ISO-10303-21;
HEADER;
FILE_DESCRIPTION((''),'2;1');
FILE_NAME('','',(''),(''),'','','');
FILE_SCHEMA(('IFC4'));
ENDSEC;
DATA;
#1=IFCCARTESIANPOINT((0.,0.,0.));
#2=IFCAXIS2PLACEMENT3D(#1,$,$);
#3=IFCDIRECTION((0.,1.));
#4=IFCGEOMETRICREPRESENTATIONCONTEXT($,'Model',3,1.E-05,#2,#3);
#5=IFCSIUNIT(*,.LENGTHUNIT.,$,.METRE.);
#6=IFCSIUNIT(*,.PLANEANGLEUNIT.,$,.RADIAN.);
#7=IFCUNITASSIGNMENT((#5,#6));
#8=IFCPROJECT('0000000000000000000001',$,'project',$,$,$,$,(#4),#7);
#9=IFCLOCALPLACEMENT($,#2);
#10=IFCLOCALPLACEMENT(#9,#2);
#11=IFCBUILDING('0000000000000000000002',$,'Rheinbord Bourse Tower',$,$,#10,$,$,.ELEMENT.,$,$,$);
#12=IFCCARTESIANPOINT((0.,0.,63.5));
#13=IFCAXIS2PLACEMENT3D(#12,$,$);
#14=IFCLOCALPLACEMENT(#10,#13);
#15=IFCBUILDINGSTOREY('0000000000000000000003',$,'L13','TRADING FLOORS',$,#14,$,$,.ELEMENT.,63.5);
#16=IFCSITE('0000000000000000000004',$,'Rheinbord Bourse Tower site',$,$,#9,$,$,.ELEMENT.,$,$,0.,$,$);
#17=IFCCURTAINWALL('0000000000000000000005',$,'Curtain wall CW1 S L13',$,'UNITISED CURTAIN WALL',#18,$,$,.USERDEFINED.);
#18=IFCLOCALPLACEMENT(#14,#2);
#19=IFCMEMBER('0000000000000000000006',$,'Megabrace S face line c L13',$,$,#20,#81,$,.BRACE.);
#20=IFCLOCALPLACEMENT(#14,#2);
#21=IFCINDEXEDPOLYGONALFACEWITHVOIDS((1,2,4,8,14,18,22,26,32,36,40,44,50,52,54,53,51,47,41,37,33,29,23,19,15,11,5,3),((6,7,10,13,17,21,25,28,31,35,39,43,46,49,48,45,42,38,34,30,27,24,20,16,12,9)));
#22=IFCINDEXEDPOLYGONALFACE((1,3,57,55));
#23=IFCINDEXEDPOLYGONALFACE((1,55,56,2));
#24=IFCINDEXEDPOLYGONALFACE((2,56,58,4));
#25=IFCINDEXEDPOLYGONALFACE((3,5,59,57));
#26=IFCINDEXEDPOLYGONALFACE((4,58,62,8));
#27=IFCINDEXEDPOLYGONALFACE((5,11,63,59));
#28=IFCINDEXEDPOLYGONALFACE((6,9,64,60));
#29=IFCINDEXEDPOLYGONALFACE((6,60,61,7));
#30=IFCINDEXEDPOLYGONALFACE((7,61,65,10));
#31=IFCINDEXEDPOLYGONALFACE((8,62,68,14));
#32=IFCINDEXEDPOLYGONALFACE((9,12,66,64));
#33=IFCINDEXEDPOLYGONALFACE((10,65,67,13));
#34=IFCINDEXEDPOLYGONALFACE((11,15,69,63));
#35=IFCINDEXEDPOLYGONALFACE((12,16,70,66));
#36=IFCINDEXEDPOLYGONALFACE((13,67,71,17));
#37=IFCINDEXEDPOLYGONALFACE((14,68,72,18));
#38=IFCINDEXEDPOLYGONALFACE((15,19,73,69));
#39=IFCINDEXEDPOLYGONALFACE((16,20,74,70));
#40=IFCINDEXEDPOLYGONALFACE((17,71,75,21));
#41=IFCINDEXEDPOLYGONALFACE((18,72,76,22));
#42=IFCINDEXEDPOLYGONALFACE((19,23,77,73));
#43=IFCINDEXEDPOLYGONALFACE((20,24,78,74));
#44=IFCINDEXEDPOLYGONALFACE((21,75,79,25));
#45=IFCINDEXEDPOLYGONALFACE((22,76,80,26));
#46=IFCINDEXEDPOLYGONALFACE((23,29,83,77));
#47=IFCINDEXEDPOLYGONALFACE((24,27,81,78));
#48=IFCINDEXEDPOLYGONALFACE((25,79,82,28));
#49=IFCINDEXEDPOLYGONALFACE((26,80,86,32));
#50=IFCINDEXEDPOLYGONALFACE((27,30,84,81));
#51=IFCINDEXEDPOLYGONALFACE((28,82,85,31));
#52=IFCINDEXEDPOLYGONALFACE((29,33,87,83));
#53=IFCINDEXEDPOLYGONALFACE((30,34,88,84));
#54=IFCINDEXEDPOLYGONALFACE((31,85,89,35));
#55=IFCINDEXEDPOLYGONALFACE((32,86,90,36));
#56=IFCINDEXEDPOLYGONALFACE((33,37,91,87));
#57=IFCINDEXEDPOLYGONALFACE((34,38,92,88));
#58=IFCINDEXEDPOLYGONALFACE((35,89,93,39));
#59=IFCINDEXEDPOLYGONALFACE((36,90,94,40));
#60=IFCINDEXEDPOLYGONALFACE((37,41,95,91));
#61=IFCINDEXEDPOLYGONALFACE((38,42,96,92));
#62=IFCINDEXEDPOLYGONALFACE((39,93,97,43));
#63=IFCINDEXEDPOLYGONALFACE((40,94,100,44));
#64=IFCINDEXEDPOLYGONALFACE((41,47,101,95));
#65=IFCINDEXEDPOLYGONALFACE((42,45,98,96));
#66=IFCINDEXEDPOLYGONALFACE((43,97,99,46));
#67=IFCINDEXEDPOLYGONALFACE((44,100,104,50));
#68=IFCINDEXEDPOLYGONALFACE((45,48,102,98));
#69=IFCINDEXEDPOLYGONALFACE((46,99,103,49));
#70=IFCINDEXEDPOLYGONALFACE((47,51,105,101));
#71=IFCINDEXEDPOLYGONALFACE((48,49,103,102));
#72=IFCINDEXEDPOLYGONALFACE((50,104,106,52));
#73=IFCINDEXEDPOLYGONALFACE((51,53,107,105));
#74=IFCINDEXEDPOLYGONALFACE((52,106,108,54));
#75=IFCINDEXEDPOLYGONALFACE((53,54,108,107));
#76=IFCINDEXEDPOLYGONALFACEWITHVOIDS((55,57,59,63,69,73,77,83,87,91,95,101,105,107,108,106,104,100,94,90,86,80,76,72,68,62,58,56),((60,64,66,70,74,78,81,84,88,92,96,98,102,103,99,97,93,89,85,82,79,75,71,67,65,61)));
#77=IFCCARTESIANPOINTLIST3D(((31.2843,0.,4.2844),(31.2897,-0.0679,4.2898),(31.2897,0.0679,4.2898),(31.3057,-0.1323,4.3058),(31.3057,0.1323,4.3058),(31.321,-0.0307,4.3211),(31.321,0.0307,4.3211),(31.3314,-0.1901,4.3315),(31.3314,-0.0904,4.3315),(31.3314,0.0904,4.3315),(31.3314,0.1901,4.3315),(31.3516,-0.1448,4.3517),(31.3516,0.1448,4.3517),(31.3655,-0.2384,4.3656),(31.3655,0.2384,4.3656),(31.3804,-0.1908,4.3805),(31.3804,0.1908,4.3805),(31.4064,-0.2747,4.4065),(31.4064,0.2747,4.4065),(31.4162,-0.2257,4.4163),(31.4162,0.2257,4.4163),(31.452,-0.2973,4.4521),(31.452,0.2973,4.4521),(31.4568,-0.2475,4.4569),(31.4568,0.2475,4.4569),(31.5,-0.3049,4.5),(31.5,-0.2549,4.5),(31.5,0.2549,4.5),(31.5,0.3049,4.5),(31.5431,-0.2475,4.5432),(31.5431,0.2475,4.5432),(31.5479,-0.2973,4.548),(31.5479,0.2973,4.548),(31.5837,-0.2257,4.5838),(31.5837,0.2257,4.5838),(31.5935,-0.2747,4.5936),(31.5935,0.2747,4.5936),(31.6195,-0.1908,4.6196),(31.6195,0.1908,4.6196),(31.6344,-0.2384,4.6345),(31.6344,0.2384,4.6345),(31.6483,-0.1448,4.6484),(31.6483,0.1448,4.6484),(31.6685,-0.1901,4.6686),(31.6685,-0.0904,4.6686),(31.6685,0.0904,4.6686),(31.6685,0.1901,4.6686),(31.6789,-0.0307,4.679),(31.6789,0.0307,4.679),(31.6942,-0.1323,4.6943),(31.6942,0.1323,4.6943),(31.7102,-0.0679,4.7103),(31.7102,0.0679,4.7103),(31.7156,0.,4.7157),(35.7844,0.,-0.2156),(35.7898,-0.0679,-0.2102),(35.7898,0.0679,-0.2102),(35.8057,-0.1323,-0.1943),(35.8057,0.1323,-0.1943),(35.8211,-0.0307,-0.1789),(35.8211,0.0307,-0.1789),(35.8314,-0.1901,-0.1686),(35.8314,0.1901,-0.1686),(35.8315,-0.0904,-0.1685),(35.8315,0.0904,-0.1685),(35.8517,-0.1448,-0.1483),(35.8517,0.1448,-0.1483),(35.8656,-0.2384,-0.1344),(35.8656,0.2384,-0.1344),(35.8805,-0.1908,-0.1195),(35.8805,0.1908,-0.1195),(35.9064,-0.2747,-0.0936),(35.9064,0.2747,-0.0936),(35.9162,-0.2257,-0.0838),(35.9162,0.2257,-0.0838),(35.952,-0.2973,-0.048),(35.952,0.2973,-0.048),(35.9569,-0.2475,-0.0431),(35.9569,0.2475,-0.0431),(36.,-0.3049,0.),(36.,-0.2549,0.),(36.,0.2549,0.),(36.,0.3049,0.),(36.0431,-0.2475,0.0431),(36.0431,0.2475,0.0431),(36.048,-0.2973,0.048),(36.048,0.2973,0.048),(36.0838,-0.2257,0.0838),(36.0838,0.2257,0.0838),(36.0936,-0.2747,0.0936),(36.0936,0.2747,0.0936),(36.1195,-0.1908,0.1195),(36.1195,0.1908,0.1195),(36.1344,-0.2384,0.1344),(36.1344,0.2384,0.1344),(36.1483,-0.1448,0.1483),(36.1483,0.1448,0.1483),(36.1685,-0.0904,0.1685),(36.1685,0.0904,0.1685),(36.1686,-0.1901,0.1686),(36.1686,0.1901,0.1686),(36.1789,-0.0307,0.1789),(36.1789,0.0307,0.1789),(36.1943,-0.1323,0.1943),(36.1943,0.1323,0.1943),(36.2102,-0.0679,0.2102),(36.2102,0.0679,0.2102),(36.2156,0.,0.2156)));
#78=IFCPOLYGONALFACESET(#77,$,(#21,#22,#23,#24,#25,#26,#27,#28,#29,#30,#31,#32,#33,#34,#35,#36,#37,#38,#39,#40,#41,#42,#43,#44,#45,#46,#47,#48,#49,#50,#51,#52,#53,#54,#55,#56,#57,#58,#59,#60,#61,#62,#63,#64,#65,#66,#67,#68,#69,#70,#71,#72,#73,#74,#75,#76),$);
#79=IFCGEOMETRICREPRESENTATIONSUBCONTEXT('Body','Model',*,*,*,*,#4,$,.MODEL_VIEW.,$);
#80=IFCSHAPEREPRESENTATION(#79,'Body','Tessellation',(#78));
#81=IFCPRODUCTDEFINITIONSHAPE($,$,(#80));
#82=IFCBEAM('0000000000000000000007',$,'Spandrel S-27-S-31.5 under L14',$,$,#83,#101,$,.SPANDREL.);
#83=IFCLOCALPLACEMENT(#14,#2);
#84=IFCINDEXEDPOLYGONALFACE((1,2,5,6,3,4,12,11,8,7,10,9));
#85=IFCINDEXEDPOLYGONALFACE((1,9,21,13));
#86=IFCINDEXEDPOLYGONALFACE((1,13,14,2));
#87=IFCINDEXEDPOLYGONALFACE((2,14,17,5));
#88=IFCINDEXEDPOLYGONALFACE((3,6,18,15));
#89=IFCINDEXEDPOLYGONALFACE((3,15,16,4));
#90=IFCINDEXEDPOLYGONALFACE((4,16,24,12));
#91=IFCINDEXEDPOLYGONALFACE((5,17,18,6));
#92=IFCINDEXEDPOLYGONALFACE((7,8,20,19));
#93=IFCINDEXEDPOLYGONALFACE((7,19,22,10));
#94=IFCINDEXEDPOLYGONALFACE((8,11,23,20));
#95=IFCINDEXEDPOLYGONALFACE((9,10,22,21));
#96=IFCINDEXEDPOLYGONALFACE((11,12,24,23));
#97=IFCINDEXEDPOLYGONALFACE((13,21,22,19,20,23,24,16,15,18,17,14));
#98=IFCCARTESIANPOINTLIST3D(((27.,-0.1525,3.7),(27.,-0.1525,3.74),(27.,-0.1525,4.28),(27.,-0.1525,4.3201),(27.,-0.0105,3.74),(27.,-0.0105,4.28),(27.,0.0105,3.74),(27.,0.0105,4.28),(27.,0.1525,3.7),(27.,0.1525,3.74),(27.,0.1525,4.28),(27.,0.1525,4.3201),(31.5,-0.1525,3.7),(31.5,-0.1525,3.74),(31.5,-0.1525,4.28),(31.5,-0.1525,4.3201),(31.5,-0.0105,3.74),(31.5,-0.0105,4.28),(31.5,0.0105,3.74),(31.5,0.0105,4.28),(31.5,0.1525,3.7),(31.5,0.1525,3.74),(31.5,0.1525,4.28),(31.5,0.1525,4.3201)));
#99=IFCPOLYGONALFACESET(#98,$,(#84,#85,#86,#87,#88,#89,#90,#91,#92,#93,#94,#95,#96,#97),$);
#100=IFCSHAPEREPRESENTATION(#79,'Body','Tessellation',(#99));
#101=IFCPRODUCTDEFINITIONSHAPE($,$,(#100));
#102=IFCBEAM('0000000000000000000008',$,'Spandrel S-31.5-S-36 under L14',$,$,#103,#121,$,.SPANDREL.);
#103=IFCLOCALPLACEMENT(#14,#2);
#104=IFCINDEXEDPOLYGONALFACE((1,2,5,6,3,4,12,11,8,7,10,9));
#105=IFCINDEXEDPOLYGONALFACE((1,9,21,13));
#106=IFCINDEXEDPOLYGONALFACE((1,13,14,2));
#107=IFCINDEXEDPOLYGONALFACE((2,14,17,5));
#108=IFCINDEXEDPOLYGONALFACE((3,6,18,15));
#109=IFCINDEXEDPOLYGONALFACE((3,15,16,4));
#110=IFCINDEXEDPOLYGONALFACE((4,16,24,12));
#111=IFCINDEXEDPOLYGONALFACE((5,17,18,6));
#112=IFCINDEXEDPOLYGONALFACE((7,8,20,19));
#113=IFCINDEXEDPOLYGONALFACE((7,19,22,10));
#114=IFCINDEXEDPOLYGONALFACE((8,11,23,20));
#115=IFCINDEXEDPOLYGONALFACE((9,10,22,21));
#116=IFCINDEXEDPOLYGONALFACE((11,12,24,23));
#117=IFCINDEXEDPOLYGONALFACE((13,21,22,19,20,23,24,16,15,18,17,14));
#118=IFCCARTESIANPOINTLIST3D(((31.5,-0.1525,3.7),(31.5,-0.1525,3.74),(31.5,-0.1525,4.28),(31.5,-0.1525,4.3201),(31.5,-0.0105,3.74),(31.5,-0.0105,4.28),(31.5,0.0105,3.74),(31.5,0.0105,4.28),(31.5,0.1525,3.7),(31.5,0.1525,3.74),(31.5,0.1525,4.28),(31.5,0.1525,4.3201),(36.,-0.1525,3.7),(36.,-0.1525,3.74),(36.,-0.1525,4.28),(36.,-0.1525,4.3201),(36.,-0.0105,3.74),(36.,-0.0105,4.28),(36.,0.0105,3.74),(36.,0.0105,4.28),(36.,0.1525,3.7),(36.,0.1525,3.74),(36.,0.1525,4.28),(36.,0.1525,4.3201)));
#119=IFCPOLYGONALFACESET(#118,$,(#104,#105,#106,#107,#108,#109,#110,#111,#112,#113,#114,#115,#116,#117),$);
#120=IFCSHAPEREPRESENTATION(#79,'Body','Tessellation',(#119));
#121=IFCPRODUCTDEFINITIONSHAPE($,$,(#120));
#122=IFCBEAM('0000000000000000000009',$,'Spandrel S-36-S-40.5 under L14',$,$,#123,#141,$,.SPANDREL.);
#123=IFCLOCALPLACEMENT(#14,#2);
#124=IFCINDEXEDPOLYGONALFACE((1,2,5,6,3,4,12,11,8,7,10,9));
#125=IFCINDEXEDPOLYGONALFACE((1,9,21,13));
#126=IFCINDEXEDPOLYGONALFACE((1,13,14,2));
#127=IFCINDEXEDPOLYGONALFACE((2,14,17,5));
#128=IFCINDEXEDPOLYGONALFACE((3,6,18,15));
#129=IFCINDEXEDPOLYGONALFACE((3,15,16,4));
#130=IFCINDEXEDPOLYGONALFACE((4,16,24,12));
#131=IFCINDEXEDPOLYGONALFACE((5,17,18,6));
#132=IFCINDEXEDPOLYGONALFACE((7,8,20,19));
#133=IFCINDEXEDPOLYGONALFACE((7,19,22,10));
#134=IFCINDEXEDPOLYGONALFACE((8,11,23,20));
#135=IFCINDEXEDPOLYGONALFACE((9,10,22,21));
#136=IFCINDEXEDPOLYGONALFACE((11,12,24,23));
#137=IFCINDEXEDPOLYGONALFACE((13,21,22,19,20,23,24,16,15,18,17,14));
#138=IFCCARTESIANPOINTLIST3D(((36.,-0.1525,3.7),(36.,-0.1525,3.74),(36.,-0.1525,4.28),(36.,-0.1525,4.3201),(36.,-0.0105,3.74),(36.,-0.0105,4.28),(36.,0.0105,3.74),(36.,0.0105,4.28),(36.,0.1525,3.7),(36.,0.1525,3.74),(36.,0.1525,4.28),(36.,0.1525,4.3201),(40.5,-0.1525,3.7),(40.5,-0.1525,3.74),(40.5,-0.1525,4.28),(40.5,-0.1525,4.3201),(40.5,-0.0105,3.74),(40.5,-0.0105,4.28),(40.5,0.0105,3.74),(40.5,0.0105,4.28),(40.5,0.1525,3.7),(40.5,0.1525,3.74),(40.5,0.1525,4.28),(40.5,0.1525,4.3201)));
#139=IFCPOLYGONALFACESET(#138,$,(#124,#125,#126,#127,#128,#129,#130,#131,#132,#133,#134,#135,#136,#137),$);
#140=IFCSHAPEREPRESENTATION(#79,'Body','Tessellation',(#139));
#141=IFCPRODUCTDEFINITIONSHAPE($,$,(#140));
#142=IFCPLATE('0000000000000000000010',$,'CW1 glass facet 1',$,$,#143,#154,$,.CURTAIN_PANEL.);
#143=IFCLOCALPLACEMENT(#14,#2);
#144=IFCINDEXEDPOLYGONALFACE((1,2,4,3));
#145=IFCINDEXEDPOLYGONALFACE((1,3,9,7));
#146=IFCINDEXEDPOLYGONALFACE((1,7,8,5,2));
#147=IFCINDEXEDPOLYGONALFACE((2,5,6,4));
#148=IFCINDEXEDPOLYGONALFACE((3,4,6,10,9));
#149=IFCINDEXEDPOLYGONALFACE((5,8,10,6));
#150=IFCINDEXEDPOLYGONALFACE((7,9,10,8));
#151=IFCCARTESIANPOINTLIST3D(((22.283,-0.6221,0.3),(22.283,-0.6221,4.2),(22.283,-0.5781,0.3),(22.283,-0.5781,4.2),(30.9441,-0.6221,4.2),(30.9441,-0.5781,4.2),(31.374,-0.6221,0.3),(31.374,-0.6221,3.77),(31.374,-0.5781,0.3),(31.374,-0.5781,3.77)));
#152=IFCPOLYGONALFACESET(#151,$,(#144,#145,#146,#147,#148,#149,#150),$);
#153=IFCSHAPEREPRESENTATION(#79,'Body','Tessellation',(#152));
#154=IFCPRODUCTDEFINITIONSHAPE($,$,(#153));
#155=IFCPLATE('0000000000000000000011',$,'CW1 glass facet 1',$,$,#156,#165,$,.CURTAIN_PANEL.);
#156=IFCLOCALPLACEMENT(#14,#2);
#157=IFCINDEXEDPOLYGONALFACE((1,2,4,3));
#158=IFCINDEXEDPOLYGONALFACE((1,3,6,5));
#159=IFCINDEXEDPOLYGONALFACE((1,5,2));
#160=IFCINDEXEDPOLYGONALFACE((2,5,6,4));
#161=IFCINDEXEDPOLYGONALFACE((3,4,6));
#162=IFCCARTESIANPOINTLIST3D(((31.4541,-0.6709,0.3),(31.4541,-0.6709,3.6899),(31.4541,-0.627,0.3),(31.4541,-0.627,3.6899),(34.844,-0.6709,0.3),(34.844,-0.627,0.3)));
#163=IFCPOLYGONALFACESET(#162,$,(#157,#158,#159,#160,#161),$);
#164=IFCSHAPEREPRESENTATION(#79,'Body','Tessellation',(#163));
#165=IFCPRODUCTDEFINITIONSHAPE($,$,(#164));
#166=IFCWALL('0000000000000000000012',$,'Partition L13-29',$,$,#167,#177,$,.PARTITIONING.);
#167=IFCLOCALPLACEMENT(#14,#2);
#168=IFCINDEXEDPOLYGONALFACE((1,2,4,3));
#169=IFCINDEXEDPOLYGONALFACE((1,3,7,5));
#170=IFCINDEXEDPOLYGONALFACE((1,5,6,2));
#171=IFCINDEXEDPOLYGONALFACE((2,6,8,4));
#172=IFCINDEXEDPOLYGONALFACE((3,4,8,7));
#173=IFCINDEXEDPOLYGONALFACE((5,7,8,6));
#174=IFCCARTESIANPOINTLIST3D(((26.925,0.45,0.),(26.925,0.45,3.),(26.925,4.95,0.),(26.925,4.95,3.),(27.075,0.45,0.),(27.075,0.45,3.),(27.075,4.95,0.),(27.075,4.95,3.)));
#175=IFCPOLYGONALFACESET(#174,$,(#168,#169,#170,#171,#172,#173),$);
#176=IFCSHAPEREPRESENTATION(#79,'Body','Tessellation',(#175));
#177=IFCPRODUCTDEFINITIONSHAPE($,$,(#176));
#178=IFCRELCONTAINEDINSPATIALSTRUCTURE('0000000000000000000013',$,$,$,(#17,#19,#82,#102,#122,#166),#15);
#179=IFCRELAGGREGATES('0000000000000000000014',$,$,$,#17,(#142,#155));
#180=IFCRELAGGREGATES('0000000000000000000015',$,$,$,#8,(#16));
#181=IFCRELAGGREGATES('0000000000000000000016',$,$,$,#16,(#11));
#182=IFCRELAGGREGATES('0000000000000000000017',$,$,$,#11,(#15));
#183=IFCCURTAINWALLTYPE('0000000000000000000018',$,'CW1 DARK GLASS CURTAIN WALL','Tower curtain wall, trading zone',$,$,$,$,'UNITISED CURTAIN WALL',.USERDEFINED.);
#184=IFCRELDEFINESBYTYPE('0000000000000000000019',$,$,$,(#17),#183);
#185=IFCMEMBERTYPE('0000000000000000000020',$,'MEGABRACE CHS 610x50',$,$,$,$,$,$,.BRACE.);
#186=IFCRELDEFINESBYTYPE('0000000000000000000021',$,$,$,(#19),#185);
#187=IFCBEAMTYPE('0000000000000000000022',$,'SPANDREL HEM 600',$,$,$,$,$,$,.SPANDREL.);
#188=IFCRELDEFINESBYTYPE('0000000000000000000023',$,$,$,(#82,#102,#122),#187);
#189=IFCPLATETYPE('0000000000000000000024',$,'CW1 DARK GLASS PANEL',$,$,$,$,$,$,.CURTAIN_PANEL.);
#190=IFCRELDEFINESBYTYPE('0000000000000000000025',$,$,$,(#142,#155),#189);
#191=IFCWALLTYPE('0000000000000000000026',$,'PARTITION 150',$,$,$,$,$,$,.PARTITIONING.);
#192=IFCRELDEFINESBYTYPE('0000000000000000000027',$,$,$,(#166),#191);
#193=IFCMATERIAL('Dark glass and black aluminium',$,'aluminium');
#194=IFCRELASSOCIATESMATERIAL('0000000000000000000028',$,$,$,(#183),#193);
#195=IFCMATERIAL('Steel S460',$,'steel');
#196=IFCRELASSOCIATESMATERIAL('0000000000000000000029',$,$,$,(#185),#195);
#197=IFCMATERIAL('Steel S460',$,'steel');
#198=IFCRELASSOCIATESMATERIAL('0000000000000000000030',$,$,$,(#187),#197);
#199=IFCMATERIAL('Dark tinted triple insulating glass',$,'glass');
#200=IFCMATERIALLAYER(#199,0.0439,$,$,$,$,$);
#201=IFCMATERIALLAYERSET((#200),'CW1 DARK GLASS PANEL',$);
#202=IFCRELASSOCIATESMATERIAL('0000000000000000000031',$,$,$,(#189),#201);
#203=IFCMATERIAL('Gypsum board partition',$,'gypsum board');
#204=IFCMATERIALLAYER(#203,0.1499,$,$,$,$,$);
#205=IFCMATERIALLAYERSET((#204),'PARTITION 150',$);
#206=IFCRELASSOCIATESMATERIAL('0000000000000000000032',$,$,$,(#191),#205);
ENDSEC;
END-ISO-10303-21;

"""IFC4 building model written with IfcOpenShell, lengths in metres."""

from ifc_helpers import new_model, si_unit, direction, frame, frame_2d, origin, origin_2d, place, context, subcontext, project, spatial, polyline, rectangle, hollow_circle, i_section, outline, extrude, material, layer, layer_set, material_profile, profile_set, type_object, element, aggregate, save


model = new_model("IFC4")

# Units and contexts
model_context = context("Model", 3, precision=1e-05, world=origin(), true_north=direction((0.0, 1.0)))
body_context = subcontext(model_context, "Body", "Model", "MODEL_VIEW")
ifc_project = project(units=[si_unit("LENGTHUNIT", "METRE"), si_unit("PLANEANGLEUNIT", "RADIAN")], contexts=[model_context])

# Site, building, storey
site_placement = place(None, origin())
site = spatial("IfcSite", under=ifc_project, at=site_placement, Name="Rheinbord Bourse Tower site", CompositionType="ELEMENT", RefElevation=0.0)
building_placement = place(site_placement, origin())
building = spatial("IfcBuilding", under=site, at=building_placement, Name="Rheinbord Bourse Tower", CompositionType="ELEMENT")
storey_placement = place(building_placement, frame((0.0, 0.0, 63.5)))
storey = spatial("IfcBuildingStorey", under=building, at=storey_placement, Name="L13", Description="TRADING FLOORS", CompositionType="ELEMENT", Elevation=63.5)

# Curtain wall
ifc_material_1 = material(Name="Dark glass and black aluminium", Category="aluminium")
curtain_wall_type = type_object("IfcCurtainWallType", Name="CW1 DARK GLASS CURTAIN WALL", Description="Tower curtain wall, trading zone", ElementType="UNITISED CURTAIN WALL", PredefinedType="USERDEFINED", material=ifc_material_1)
curtain_wall_placement = place(storey_placement, origin())
curtain_wall = element("IfcCurtainWall", 1, at=curtain_wall_placement, inside=storey, type_object=curtain_wall_type, Name="Curtain wall CW1 S L13", ObjectType="UNITISED CURTAIN WALL", PredefinedType="USERDEFINED")

# Member
ifc_material_2 = material(Name="Steel S460", Category="steel")
ifc_material_profile_1 = material_profile(ifc_material_2, hollow_circle(Radius=0.3049, WallThickness=0.05, at=origin_2d()), Name="CHS 610x50")
ifc_profile_set_1 = profile_set([ifc_material_profile_1], Name="Steel S460")
member_type_1 = type_object("IfcMemberType", Name="MEGABRACE CHS 610x50", PredefinedType="BRACE", material=ifc_profile_set_1)
member_1_placement = place(storey_placement, frame((36.0, 0.0, 0.0), z_axis=(-0.707107, 0.0, 0.707107), x_axis=(0.0, -1.0, 0.0)))
element("IfcMember", 2, at=member_1_placement, inside=storey, type_object=member_type_1, Name="Megabrace S face line c L13", PredefinedType="BRACE", context=body_context, shape_type="SweptSolid", body=[
    extrude(hollow_circle(Radius=0.3049, WallThickness=0.05, at=origin_2d()), origin(), (0.0, 0.0, 1.0), 6.364),
])

# Beams
ifc_material_3 = material(Name="Steel S460", Category="steel")
ifc_material_profile_2 = material_profile(ifc_material_3, i_section(OverallWidth=0.3049, OverallDepth=0.6201, WebThickness=0.021, FlangeThickness=0.04, at=origin_2d()), Name="HEM 600")
ifc_profile_set_2 = profile_set([ifc_material_profile_2], Name="Steel S460")
beam_type_1 = type_object("IfcBeamType", Name="SPANDREL HEM 600", PredefinedType="SPANDREL", material=ifc_profile_set_2)
for number, where, z_axis, x_axis, name in (
    (3, (27.0, 0.0, 4.01), (1.0, 0.0, 0.0), (0.0, 1.0, 0.0), "Spandrel S-27-S-31.5 under L14"),
    (4, (31.5, 0.0, 4.01), (1.0, 0.0, 0.0), (0.0, 1.0, 0.0), "Spandrel S-31.5-S-36 under L14"),
    (5, (36.0, 0.0, 4.01), (1.0, 0.0, 0.0), (0.0, 1.0, 0.0), "Spandrel S-36-S-40.5 under L14"),
):
    element("IfcBeam", number, at=place(storey_placement, frame(where, z_axis=z_axis, x_axis=x_axis)), inside=storey, type_object=beam_type_1, Name=name, PredefinedType="SPANDREL", context=body_context, shape_type="SweptSolid", body=[
        extrude(i_section(OverallWidth=0.3049, OverallDepth=0.6201, WebThickness=0.021, FlangeThickness=0.04, at=origin_2d()), origin(), (0.0, 0.0, 1.0), 4.5),
    ])

# Plates
ifc_material_4 = material(Name="Dark tinted triple insulating glass", Category="glass")
ifc_layer_1 = layer(ifc_material_4, 0.0439)
ifc_layer_set_1 = layer_set([ifc_layer_1], Name="CW1 DARK GLASS PANEL")
plate_type = type_object("IfcPlateType", Name="CW1 DARK GLASS PANEL", PredefinedType="CURTAIN_PANEL", material=ifc_layer_set_1)
plate_1_placement = place(storey_placement, frame((31.374, -0.6221, 0.3), z_axis=(0.0, 1.0, 0.0), x_axis=(-1.0, 0.0, 0.0)))
plate_1 = element("IfcPlate", 6, at=plate_1_placement, type_object=plate_type, Name="CW1 glass facet 1", PredefinedType="CURTAIN_PANEL", context=body_context, shape_type="SweptSolid", body=[
    extrude(outline(polyline([(0.0, 0.0), (9.0911, 0.0), (9.0911, 3.8999), (0.4299, 3.8999), (0.0, 3.47), (0.0, 0.0)])), origin(), (0.0, 0.0, 1.0), 0.0439),
])
plate_2_placement = place(storey_placement, frame((31.4541, -0.6709, 0.3), z_axis=(0.0, 1.0, 0.0), x_axis=(0.0, 0.0, 1.0)))
plate_2 = element("IfcPlate", 7, at=plate_2_placement, type_object=plate_type, Name="CW1 glass facet 1", PredefinedType="CURTAIN_PANEL", context=body_context, shape_type="SweptSolid", body=[
    extrude(outline(polyline([(0.0, 0.0), (3.3899, 0.0), (0.0, 3.3899), (0.0, 0.0)])), origin(), (0.0, 0.0, 1.0), 0.0439),
])
aggregate(curtain_wall, [plate_1, plate_2])

# Wall
ifc_material_5 = material(Name="Gypsum board partition", Category="gypsum board")
ifc_layer_2 = layer(ifc_material_5, 0.1499)
ifc_layer_set_2 = layer_set([ifc_layer_2], Name="PARTITION 150")
wall_type = type_object("IfcWallType", Name="PARTITION 150", PredefinedType="PARTITIONING", material=ifc_layer_set_2)
wall_placement = place(storey_placement, frame((27.0, 0.45, 0.0), z_axis=(0.0, 0.0, 1.0), x_axis=(0.0, 1.0, 0.0)))
element("IfcWall", 8, at=wall_placement, inside=storey, type_object=wall_type, Name="Partition L13-29", PredefinedType="PARTITIONING", context=body_context, shape_type="SweptSolid", body=[
    extrude(rectangle(XDim=4.5, YDim=0.1499, at=frame_2d((2.25, 0.0))), origin(), (0.0, 0.0, 1.0), 3.0),
])

save(model, "model.ifc")
